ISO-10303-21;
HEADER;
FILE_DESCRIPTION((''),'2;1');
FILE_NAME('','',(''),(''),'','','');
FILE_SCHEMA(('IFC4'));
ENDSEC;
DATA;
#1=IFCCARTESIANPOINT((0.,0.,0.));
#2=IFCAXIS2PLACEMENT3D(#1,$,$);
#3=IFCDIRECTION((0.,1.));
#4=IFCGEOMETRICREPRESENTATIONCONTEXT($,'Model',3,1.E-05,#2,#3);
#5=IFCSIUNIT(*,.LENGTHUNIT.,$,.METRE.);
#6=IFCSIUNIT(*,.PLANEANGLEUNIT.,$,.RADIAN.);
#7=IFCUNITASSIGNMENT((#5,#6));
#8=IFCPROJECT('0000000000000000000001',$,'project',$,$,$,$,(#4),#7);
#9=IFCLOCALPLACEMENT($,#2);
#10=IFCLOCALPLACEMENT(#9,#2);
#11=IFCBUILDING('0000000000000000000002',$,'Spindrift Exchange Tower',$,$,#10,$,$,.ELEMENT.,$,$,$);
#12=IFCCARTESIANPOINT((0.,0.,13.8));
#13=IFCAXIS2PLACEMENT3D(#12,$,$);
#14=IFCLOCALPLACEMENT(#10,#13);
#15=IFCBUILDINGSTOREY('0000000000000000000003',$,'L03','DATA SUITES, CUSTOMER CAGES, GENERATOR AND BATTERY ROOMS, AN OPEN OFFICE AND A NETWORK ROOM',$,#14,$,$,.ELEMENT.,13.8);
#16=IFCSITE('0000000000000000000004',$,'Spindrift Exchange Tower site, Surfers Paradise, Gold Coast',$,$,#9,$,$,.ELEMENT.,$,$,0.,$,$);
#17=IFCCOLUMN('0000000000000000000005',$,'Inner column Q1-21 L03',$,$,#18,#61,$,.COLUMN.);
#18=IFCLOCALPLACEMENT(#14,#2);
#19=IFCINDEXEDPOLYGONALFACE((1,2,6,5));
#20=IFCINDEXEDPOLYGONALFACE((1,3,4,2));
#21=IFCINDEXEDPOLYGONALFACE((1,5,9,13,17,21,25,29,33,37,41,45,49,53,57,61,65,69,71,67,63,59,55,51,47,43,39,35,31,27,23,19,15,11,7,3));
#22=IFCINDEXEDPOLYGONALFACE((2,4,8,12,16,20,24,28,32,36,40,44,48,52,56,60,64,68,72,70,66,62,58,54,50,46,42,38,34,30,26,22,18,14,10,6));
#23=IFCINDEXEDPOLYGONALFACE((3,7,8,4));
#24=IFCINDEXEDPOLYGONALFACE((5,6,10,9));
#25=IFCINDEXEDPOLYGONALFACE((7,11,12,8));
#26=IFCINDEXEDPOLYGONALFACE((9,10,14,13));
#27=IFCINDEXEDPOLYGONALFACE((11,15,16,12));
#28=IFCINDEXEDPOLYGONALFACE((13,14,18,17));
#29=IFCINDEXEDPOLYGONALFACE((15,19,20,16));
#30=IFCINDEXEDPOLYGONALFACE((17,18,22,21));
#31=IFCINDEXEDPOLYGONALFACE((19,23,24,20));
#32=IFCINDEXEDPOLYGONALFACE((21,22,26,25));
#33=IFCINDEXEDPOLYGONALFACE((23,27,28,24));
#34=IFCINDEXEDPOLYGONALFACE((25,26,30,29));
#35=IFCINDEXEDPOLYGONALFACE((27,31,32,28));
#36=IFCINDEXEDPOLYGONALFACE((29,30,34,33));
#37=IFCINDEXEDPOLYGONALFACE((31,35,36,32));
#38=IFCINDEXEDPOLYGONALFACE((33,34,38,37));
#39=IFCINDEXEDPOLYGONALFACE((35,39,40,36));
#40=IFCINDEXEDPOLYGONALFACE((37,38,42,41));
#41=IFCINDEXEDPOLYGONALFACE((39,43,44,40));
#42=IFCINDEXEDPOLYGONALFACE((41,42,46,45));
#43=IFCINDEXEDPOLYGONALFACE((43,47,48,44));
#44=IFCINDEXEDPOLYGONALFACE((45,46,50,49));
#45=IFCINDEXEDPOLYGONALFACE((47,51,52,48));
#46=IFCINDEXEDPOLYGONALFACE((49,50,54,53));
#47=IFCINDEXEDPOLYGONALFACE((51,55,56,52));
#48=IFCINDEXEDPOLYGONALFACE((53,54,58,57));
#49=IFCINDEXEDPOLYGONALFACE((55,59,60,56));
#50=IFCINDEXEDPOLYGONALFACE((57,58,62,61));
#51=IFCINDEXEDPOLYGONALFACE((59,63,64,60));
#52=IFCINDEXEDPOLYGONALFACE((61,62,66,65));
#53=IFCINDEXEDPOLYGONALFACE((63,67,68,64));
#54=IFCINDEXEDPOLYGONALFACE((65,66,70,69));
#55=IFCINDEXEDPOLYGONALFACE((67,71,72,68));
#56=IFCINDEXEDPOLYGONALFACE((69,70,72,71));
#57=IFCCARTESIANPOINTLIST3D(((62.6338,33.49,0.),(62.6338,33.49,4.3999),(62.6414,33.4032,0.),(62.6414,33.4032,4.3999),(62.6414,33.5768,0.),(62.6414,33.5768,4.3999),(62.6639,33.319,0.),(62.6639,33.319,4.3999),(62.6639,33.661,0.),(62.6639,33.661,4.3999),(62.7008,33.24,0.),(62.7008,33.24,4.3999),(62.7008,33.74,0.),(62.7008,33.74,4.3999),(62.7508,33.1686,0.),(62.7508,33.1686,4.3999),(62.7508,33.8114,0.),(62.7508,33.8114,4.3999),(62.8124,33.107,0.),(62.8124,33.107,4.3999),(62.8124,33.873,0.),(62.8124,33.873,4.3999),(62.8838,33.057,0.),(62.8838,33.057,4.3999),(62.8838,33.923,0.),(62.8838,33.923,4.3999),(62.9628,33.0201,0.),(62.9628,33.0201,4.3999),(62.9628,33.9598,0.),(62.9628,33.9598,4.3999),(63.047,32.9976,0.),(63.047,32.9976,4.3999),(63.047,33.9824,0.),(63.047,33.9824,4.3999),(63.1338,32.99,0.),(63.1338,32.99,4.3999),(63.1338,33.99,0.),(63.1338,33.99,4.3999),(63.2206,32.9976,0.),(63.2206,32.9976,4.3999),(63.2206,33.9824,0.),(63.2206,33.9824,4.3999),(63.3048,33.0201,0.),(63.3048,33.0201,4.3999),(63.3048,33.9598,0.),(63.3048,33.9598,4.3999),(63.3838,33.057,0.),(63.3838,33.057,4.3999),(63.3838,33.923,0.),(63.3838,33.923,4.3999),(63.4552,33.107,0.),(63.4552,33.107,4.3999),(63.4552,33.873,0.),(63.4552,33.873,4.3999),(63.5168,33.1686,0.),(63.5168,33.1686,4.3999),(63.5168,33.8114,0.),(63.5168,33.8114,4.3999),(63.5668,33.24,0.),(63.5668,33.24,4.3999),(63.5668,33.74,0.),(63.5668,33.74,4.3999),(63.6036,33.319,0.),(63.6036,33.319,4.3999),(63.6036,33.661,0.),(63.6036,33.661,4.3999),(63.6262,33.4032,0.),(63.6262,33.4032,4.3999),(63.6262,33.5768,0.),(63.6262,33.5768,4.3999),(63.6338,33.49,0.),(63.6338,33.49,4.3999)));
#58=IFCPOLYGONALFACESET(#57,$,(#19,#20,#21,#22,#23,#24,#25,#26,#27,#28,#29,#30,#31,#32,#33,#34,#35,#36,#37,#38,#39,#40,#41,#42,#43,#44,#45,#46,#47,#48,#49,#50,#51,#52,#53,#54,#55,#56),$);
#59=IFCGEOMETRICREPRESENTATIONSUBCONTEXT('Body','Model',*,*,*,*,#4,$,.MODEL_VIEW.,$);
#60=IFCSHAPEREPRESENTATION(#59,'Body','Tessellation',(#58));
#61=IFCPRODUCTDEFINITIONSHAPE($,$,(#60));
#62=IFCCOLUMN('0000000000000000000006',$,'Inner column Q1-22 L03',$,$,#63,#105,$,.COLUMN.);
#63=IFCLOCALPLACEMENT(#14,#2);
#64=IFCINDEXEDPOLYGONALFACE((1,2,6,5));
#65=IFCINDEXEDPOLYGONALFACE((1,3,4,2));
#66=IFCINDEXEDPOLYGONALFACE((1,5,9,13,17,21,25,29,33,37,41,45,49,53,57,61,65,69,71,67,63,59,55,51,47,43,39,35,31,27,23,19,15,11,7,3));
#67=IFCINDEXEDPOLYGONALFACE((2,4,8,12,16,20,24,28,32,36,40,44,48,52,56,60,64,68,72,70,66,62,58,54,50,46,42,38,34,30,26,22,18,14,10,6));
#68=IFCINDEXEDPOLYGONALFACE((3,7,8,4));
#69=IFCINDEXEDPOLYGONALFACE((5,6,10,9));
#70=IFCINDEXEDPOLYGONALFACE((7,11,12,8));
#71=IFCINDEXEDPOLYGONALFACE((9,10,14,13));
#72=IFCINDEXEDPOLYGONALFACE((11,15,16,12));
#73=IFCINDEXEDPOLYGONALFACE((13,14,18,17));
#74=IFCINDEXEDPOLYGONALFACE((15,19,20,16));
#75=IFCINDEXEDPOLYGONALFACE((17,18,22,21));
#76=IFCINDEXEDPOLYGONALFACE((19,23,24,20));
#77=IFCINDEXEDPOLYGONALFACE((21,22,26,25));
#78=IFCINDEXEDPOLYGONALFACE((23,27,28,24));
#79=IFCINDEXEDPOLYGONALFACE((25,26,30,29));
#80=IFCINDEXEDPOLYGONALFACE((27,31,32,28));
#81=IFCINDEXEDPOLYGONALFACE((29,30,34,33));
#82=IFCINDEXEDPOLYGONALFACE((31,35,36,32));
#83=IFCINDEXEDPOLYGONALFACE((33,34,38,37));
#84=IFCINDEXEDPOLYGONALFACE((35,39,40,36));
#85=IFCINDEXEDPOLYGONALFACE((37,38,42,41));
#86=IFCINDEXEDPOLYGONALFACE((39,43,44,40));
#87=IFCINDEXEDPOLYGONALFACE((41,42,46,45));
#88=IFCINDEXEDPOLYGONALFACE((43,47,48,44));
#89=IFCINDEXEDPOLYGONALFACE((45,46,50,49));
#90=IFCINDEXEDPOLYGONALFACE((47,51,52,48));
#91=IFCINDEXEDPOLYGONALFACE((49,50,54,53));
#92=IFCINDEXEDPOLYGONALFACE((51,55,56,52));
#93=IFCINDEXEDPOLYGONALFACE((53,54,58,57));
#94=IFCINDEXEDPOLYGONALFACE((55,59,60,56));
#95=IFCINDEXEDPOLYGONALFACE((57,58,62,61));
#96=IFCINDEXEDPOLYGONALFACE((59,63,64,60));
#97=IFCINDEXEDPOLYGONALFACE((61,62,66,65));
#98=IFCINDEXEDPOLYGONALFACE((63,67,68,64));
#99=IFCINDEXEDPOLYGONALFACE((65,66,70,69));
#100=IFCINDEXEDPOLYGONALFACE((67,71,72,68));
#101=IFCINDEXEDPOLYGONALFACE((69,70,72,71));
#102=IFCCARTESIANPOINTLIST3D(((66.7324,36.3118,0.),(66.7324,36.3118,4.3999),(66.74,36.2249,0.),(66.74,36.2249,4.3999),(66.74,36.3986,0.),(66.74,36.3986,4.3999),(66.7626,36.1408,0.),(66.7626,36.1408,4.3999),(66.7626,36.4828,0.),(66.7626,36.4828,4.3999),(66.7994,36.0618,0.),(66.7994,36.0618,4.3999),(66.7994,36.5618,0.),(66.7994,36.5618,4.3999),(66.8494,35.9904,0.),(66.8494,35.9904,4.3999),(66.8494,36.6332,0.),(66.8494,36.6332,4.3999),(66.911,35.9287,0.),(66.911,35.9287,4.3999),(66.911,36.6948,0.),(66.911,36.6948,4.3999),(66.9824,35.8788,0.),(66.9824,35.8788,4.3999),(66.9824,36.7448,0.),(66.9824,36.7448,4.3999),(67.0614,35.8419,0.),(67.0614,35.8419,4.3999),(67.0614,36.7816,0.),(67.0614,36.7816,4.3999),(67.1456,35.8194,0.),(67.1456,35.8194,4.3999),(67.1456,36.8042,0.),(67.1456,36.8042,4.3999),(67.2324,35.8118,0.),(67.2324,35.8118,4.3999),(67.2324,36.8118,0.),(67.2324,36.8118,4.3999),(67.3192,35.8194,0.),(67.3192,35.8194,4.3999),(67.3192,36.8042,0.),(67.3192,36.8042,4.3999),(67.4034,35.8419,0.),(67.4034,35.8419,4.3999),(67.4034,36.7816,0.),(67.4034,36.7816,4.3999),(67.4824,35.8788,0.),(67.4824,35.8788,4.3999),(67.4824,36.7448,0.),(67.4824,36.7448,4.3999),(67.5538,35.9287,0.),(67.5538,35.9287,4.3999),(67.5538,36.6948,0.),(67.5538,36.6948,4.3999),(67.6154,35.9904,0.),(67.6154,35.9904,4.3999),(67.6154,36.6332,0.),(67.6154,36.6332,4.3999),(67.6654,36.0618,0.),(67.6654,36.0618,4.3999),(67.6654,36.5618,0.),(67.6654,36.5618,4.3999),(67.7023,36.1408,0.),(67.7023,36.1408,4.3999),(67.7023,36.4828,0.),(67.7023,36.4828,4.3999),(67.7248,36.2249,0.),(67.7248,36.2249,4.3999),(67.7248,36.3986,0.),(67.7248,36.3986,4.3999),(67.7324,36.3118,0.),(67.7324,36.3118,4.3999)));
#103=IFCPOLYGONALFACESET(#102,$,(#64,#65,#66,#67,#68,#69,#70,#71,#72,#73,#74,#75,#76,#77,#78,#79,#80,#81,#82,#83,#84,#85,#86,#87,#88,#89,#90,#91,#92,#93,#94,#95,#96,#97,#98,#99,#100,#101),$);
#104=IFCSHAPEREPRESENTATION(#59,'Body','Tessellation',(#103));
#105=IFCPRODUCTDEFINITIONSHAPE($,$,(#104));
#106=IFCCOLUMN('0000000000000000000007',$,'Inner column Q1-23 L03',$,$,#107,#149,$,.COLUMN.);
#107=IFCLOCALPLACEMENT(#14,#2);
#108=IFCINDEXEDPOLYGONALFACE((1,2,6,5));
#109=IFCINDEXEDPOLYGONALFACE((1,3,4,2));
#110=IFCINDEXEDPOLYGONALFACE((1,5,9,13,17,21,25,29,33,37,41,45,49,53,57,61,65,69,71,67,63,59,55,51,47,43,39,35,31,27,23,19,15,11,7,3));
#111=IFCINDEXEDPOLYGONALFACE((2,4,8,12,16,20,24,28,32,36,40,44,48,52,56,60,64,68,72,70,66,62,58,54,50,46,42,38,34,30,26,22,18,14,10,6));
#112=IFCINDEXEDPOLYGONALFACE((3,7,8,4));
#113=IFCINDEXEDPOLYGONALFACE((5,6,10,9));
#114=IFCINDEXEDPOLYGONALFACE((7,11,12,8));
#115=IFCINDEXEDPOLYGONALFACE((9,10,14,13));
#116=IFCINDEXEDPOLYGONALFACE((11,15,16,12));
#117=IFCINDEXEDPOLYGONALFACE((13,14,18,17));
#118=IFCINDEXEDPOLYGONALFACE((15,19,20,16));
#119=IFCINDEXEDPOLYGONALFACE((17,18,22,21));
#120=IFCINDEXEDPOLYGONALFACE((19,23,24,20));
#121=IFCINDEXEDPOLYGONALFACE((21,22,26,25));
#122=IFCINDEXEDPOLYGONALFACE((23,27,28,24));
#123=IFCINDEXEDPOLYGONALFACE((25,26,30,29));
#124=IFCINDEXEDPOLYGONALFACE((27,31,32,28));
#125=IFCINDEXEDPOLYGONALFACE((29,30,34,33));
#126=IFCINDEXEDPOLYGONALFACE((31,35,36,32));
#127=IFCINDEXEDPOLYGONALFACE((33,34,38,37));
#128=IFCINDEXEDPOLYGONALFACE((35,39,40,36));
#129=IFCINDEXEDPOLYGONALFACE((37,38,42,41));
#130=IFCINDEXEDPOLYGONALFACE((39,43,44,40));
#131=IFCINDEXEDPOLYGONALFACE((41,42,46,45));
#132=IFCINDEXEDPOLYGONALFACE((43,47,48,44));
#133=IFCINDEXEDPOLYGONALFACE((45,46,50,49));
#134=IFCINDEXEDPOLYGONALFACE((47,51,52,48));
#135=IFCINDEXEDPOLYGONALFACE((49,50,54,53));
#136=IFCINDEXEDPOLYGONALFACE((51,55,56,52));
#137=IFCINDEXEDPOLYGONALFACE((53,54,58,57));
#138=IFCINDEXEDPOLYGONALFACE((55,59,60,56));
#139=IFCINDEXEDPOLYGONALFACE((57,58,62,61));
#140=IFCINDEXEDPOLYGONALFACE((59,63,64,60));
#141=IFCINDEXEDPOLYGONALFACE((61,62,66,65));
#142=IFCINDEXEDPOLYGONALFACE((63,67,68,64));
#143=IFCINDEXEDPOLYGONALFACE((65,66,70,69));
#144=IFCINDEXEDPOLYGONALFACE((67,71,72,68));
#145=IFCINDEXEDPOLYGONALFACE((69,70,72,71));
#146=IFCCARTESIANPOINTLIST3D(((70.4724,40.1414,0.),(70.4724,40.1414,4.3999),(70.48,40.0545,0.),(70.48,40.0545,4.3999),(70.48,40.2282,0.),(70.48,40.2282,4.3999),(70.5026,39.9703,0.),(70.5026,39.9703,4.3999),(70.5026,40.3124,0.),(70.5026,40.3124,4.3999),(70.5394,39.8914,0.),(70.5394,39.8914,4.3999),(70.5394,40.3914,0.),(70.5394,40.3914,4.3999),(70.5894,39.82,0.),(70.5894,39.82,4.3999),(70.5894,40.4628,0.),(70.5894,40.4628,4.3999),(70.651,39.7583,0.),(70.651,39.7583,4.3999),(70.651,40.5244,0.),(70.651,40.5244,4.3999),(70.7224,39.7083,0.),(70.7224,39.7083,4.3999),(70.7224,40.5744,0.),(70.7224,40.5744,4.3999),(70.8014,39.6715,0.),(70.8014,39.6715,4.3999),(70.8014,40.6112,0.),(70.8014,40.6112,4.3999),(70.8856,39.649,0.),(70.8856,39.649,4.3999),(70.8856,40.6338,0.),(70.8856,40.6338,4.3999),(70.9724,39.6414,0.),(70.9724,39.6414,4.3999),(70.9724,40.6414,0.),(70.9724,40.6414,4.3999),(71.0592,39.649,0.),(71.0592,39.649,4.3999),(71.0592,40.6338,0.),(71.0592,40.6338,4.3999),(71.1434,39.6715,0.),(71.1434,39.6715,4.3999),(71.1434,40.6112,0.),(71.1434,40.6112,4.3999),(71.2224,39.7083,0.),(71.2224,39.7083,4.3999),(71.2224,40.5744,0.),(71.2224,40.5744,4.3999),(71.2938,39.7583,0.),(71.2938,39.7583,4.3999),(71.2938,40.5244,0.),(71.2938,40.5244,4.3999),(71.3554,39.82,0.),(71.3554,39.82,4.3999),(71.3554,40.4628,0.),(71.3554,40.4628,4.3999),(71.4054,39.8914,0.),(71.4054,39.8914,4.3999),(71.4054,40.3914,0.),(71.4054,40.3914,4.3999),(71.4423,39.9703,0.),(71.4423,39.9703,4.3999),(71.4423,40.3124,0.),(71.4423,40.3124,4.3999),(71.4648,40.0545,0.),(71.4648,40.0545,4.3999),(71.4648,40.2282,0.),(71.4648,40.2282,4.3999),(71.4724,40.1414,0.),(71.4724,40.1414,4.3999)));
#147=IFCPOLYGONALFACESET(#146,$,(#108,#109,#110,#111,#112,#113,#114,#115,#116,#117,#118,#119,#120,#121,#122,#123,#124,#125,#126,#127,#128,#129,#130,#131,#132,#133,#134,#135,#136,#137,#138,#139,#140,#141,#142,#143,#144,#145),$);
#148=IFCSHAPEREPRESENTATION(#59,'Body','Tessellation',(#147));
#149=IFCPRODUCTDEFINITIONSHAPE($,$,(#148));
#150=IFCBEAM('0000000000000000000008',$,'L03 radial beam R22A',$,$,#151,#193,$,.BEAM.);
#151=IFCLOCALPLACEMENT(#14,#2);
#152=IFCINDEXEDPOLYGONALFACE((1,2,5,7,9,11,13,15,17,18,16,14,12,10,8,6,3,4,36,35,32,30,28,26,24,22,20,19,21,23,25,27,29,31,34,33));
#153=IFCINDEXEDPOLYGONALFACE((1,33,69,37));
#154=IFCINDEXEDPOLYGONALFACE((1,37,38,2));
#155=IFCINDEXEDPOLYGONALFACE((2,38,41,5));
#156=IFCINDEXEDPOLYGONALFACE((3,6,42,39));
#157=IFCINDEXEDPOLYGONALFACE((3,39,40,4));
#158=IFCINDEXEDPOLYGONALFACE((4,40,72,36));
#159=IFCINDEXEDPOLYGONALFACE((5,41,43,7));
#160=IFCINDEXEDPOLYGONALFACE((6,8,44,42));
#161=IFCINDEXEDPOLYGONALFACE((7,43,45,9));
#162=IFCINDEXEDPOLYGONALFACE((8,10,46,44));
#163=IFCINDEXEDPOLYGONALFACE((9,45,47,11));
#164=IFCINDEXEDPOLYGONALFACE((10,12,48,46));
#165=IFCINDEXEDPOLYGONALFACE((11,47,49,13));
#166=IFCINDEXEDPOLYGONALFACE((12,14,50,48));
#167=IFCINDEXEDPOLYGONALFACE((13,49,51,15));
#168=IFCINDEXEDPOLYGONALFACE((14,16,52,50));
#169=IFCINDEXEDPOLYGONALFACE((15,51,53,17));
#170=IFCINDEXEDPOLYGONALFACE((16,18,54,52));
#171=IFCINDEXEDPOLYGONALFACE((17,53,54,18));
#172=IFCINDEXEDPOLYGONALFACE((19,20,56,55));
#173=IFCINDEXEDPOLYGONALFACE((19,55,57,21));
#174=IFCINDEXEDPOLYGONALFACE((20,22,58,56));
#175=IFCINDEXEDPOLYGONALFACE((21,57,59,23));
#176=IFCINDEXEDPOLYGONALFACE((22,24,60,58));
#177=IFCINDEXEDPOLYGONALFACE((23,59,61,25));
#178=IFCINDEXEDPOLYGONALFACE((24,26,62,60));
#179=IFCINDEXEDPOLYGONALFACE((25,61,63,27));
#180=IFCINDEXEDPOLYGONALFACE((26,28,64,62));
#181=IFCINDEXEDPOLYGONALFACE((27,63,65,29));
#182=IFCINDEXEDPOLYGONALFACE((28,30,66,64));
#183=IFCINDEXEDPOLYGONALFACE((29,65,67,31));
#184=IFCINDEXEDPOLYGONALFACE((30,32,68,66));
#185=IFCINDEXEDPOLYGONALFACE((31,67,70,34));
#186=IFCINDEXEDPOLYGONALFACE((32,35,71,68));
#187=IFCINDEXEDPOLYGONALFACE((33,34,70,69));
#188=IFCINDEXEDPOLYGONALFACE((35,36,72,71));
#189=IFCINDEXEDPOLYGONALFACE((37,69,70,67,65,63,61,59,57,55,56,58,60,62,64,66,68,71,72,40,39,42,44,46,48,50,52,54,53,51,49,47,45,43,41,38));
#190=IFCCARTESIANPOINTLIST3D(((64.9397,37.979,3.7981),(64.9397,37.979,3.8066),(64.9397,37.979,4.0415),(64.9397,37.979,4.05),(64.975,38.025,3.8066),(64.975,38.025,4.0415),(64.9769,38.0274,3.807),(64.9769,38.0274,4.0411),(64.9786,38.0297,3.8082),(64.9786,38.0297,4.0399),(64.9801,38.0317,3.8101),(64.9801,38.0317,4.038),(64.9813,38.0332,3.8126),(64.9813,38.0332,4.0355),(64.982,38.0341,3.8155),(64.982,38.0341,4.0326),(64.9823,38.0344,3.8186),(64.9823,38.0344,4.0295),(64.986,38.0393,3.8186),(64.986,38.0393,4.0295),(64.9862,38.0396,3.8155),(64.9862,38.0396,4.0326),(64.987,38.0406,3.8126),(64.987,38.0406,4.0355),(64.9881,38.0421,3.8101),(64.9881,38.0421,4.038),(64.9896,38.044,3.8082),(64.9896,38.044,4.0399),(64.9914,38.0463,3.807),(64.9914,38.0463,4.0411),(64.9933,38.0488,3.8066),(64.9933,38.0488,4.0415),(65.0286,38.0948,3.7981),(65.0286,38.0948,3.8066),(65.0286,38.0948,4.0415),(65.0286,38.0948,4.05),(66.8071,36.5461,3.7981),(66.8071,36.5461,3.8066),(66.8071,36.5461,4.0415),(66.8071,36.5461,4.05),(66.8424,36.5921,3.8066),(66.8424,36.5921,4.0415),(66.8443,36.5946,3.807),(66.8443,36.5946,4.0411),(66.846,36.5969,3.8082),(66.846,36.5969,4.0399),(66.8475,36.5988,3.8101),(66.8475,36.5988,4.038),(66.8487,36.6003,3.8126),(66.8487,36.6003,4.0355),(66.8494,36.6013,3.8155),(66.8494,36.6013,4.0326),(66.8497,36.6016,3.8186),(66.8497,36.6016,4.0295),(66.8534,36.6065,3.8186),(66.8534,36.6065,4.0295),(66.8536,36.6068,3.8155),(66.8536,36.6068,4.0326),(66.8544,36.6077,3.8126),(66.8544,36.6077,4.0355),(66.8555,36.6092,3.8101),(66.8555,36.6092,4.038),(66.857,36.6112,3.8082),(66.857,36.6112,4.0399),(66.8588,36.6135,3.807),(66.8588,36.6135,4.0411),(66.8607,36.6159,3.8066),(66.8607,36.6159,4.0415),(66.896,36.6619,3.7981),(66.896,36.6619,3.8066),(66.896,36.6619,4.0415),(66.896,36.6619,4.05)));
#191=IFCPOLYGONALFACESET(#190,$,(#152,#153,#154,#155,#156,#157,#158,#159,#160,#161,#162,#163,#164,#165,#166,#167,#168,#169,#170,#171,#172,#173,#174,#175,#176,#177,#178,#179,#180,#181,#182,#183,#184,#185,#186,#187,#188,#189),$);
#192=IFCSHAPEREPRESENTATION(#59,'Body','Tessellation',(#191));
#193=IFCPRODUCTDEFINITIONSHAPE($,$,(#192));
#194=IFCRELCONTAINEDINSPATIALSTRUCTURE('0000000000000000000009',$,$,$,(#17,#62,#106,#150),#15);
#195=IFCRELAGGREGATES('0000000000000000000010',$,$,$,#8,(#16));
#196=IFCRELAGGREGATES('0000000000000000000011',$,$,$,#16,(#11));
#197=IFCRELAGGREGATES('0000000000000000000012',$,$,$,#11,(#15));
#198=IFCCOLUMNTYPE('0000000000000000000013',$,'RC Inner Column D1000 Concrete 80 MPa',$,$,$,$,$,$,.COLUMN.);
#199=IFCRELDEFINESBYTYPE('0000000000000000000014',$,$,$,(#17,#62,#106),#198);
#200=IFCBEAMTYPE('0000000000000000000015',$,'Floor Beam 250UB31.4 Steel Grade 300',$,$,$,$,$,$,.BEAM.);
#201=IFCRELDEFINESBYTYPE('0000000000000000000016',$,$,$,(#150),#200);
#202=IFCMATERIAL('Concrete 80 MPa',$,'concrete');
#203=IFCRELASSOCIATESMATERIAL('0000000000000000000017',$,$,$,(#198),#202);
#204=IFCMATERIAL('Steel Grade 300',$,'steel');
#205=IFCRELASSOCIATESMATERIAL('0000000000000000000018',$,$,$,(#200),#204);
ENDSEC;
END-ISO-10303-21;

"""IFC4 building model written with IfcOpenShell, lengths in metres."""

from ifc_helpers import new_model, si_unit, direction, frame, origin, origin_2d, place, context, subcontext, project, spatial, circle, i_section, extrude, source, transform, mapped, material, material_profile, profile_set, type_object, element, save


model = new_model("IFC4")

# Units and contexts
model_context = context("Model", 3, precision=1e-05, world=origin(), true_north=direction((0.0, 1.0)))
body_context = subcontext(model_context, "Body", "Model", "MODEL_VIEW")
ifc_project = project(units=[si_unit("LENGTHUNIT", "METRE"), si_unit("PLANEANGLEUNIT", "RADIAN")], contexts=[model_context])

# Site, building, storey
site_placement = place(None, origin())
site = spatial("IfcSite", under=ifc_project, at=site_placement, Name="Spindrift Exchange Tower site, Surfers Paradise, Gold Coast", CompositionType="ELEMENT", RefElevation=0.0)
building_placement = place(site_placement, origin())
building = spatial("IfcBuilding", under=site, at=building_placement, Name="Spindrift Exchange Tower", CompositionType="ELEMENT")
storey_placement = place(building_placement, frame((0.0, 0.0, 13.8)))
storey = spatial("IfcBuildingStorey", under=building, at=storey_placement, Name="L03", Description="DATA SUITES, CUSTOMER CAGES, GENERATOR AND BATTERY ROOMS, AN OPEN OFFICE AND A NETWORK ROOM", CompositionType="ELEMENT", Elevation=13.8)

# Columns
ifc_material_1 = material(Name="Concrete 80 MPa", Category="concrete")
ifc_material_profile_1 = material_profile(ifc_material_1, circle(Radius=0.5, at=origin_2d()), Name="RC D1000")
ifc_profile_set_1 = profile_set([ifc_material_profile_1], Name="Concrete 80 MPa")
column_type = type_object("IfcColumnType", Name="RC Inner Column D1000 Concrete 80 MPa", PredefinedType="COLUMN", material=ifc_profile_set_1)
shared_shape_1 = source(origin(), body_context, "Body", "SweptSolid", [
    extrude(circle(Radius=0.5, at=origin_2d()), origin(), (0.0, 0.0, 1.0), 4.3999),
])
for number, where, z_axis, x_axis, name in (
    (1, (63.1338, 33.49, 0.0), (0.0, 0.0, 1.0), (1.0, 0.0, 0.0), "Inner column Q1-21 L03"),
    (2, (67.2324, 36.3118, 0.0), (0.0, 0.0, 1.0), (1.0, 0.0, 0.0), "Inner column Q1-22 L03"),
    (3, (70.9724, 40.1414, 0.0), (0.0, 0.0, 1.0), (1.0, 0.0, 0.0), "Inner column Q1-23 L03"),
):
    element("IfcColumn", number, at=place(storey_placement, frame(where, z_axis=z_axis, x_axis=x_axis)), inside=storey, type_object=column_type, Name=name, PredefinedType="COLUMN", context=body_context, shape_type="MappedRepresentation", body=[
        mapped(shared_shape_1, transform((0.0, 0.0, 0.0), scale=1.0)),
    ])

# Beam
ifc_material_2 = material(Name="Steel Grade 300", Category="steel")
ifc_material_profile_2 = material_profile(ifc_material_2, i_section(OverallWidth=0.146, OverallDepth=0.252, WebThickness=0.0061, FlangeThickness=0.0085, FilletRadius=0.012, at=origin_2d()), Name="250UB31.4")
ifc_profile_set_2 = profile_set([ifc_material_profile_2], Name="Steel Grade 300")
beam_type_1 = type_object("IfcBeamType", Name="Floor Beam 250UB31.4 Steel Grade 300", PredefinedType="BEAM", material=ifc_profile_set_2)
shared_shape_2 = source(origin(), body_context, "Body", "SweptSolid", [
    extrude(i_section(OverallWidth=0.146, OverallDepth=0.252, WebThickness=0.0061, FlangeThickness=0.0085, FilletRadius=0.012, at=origin_2d()), origin(), (0.0, 0.0, 1.0), 2.3538),
])
beam_1_placement = place(storey_placement, frame((64.9841, 38.0369, 3.9241), z_axis=(0.793368, -0.608743, 0.0), x_axis=(0.608743, 0.793368, 0.0)))
element("IfcBeam", 4, at=beam_1_placement, inside=storey, type_object=beam_type_1, Name="L03 radial beam R22A", PredefinedType="BEAM", context=body_context, shape_type="MappedRepresentation", body=[
    mapped(shared_shape_2, transform((0.0, 0.0, 0.0), scale=1.0)),
])

save(model, "model.ifc")
